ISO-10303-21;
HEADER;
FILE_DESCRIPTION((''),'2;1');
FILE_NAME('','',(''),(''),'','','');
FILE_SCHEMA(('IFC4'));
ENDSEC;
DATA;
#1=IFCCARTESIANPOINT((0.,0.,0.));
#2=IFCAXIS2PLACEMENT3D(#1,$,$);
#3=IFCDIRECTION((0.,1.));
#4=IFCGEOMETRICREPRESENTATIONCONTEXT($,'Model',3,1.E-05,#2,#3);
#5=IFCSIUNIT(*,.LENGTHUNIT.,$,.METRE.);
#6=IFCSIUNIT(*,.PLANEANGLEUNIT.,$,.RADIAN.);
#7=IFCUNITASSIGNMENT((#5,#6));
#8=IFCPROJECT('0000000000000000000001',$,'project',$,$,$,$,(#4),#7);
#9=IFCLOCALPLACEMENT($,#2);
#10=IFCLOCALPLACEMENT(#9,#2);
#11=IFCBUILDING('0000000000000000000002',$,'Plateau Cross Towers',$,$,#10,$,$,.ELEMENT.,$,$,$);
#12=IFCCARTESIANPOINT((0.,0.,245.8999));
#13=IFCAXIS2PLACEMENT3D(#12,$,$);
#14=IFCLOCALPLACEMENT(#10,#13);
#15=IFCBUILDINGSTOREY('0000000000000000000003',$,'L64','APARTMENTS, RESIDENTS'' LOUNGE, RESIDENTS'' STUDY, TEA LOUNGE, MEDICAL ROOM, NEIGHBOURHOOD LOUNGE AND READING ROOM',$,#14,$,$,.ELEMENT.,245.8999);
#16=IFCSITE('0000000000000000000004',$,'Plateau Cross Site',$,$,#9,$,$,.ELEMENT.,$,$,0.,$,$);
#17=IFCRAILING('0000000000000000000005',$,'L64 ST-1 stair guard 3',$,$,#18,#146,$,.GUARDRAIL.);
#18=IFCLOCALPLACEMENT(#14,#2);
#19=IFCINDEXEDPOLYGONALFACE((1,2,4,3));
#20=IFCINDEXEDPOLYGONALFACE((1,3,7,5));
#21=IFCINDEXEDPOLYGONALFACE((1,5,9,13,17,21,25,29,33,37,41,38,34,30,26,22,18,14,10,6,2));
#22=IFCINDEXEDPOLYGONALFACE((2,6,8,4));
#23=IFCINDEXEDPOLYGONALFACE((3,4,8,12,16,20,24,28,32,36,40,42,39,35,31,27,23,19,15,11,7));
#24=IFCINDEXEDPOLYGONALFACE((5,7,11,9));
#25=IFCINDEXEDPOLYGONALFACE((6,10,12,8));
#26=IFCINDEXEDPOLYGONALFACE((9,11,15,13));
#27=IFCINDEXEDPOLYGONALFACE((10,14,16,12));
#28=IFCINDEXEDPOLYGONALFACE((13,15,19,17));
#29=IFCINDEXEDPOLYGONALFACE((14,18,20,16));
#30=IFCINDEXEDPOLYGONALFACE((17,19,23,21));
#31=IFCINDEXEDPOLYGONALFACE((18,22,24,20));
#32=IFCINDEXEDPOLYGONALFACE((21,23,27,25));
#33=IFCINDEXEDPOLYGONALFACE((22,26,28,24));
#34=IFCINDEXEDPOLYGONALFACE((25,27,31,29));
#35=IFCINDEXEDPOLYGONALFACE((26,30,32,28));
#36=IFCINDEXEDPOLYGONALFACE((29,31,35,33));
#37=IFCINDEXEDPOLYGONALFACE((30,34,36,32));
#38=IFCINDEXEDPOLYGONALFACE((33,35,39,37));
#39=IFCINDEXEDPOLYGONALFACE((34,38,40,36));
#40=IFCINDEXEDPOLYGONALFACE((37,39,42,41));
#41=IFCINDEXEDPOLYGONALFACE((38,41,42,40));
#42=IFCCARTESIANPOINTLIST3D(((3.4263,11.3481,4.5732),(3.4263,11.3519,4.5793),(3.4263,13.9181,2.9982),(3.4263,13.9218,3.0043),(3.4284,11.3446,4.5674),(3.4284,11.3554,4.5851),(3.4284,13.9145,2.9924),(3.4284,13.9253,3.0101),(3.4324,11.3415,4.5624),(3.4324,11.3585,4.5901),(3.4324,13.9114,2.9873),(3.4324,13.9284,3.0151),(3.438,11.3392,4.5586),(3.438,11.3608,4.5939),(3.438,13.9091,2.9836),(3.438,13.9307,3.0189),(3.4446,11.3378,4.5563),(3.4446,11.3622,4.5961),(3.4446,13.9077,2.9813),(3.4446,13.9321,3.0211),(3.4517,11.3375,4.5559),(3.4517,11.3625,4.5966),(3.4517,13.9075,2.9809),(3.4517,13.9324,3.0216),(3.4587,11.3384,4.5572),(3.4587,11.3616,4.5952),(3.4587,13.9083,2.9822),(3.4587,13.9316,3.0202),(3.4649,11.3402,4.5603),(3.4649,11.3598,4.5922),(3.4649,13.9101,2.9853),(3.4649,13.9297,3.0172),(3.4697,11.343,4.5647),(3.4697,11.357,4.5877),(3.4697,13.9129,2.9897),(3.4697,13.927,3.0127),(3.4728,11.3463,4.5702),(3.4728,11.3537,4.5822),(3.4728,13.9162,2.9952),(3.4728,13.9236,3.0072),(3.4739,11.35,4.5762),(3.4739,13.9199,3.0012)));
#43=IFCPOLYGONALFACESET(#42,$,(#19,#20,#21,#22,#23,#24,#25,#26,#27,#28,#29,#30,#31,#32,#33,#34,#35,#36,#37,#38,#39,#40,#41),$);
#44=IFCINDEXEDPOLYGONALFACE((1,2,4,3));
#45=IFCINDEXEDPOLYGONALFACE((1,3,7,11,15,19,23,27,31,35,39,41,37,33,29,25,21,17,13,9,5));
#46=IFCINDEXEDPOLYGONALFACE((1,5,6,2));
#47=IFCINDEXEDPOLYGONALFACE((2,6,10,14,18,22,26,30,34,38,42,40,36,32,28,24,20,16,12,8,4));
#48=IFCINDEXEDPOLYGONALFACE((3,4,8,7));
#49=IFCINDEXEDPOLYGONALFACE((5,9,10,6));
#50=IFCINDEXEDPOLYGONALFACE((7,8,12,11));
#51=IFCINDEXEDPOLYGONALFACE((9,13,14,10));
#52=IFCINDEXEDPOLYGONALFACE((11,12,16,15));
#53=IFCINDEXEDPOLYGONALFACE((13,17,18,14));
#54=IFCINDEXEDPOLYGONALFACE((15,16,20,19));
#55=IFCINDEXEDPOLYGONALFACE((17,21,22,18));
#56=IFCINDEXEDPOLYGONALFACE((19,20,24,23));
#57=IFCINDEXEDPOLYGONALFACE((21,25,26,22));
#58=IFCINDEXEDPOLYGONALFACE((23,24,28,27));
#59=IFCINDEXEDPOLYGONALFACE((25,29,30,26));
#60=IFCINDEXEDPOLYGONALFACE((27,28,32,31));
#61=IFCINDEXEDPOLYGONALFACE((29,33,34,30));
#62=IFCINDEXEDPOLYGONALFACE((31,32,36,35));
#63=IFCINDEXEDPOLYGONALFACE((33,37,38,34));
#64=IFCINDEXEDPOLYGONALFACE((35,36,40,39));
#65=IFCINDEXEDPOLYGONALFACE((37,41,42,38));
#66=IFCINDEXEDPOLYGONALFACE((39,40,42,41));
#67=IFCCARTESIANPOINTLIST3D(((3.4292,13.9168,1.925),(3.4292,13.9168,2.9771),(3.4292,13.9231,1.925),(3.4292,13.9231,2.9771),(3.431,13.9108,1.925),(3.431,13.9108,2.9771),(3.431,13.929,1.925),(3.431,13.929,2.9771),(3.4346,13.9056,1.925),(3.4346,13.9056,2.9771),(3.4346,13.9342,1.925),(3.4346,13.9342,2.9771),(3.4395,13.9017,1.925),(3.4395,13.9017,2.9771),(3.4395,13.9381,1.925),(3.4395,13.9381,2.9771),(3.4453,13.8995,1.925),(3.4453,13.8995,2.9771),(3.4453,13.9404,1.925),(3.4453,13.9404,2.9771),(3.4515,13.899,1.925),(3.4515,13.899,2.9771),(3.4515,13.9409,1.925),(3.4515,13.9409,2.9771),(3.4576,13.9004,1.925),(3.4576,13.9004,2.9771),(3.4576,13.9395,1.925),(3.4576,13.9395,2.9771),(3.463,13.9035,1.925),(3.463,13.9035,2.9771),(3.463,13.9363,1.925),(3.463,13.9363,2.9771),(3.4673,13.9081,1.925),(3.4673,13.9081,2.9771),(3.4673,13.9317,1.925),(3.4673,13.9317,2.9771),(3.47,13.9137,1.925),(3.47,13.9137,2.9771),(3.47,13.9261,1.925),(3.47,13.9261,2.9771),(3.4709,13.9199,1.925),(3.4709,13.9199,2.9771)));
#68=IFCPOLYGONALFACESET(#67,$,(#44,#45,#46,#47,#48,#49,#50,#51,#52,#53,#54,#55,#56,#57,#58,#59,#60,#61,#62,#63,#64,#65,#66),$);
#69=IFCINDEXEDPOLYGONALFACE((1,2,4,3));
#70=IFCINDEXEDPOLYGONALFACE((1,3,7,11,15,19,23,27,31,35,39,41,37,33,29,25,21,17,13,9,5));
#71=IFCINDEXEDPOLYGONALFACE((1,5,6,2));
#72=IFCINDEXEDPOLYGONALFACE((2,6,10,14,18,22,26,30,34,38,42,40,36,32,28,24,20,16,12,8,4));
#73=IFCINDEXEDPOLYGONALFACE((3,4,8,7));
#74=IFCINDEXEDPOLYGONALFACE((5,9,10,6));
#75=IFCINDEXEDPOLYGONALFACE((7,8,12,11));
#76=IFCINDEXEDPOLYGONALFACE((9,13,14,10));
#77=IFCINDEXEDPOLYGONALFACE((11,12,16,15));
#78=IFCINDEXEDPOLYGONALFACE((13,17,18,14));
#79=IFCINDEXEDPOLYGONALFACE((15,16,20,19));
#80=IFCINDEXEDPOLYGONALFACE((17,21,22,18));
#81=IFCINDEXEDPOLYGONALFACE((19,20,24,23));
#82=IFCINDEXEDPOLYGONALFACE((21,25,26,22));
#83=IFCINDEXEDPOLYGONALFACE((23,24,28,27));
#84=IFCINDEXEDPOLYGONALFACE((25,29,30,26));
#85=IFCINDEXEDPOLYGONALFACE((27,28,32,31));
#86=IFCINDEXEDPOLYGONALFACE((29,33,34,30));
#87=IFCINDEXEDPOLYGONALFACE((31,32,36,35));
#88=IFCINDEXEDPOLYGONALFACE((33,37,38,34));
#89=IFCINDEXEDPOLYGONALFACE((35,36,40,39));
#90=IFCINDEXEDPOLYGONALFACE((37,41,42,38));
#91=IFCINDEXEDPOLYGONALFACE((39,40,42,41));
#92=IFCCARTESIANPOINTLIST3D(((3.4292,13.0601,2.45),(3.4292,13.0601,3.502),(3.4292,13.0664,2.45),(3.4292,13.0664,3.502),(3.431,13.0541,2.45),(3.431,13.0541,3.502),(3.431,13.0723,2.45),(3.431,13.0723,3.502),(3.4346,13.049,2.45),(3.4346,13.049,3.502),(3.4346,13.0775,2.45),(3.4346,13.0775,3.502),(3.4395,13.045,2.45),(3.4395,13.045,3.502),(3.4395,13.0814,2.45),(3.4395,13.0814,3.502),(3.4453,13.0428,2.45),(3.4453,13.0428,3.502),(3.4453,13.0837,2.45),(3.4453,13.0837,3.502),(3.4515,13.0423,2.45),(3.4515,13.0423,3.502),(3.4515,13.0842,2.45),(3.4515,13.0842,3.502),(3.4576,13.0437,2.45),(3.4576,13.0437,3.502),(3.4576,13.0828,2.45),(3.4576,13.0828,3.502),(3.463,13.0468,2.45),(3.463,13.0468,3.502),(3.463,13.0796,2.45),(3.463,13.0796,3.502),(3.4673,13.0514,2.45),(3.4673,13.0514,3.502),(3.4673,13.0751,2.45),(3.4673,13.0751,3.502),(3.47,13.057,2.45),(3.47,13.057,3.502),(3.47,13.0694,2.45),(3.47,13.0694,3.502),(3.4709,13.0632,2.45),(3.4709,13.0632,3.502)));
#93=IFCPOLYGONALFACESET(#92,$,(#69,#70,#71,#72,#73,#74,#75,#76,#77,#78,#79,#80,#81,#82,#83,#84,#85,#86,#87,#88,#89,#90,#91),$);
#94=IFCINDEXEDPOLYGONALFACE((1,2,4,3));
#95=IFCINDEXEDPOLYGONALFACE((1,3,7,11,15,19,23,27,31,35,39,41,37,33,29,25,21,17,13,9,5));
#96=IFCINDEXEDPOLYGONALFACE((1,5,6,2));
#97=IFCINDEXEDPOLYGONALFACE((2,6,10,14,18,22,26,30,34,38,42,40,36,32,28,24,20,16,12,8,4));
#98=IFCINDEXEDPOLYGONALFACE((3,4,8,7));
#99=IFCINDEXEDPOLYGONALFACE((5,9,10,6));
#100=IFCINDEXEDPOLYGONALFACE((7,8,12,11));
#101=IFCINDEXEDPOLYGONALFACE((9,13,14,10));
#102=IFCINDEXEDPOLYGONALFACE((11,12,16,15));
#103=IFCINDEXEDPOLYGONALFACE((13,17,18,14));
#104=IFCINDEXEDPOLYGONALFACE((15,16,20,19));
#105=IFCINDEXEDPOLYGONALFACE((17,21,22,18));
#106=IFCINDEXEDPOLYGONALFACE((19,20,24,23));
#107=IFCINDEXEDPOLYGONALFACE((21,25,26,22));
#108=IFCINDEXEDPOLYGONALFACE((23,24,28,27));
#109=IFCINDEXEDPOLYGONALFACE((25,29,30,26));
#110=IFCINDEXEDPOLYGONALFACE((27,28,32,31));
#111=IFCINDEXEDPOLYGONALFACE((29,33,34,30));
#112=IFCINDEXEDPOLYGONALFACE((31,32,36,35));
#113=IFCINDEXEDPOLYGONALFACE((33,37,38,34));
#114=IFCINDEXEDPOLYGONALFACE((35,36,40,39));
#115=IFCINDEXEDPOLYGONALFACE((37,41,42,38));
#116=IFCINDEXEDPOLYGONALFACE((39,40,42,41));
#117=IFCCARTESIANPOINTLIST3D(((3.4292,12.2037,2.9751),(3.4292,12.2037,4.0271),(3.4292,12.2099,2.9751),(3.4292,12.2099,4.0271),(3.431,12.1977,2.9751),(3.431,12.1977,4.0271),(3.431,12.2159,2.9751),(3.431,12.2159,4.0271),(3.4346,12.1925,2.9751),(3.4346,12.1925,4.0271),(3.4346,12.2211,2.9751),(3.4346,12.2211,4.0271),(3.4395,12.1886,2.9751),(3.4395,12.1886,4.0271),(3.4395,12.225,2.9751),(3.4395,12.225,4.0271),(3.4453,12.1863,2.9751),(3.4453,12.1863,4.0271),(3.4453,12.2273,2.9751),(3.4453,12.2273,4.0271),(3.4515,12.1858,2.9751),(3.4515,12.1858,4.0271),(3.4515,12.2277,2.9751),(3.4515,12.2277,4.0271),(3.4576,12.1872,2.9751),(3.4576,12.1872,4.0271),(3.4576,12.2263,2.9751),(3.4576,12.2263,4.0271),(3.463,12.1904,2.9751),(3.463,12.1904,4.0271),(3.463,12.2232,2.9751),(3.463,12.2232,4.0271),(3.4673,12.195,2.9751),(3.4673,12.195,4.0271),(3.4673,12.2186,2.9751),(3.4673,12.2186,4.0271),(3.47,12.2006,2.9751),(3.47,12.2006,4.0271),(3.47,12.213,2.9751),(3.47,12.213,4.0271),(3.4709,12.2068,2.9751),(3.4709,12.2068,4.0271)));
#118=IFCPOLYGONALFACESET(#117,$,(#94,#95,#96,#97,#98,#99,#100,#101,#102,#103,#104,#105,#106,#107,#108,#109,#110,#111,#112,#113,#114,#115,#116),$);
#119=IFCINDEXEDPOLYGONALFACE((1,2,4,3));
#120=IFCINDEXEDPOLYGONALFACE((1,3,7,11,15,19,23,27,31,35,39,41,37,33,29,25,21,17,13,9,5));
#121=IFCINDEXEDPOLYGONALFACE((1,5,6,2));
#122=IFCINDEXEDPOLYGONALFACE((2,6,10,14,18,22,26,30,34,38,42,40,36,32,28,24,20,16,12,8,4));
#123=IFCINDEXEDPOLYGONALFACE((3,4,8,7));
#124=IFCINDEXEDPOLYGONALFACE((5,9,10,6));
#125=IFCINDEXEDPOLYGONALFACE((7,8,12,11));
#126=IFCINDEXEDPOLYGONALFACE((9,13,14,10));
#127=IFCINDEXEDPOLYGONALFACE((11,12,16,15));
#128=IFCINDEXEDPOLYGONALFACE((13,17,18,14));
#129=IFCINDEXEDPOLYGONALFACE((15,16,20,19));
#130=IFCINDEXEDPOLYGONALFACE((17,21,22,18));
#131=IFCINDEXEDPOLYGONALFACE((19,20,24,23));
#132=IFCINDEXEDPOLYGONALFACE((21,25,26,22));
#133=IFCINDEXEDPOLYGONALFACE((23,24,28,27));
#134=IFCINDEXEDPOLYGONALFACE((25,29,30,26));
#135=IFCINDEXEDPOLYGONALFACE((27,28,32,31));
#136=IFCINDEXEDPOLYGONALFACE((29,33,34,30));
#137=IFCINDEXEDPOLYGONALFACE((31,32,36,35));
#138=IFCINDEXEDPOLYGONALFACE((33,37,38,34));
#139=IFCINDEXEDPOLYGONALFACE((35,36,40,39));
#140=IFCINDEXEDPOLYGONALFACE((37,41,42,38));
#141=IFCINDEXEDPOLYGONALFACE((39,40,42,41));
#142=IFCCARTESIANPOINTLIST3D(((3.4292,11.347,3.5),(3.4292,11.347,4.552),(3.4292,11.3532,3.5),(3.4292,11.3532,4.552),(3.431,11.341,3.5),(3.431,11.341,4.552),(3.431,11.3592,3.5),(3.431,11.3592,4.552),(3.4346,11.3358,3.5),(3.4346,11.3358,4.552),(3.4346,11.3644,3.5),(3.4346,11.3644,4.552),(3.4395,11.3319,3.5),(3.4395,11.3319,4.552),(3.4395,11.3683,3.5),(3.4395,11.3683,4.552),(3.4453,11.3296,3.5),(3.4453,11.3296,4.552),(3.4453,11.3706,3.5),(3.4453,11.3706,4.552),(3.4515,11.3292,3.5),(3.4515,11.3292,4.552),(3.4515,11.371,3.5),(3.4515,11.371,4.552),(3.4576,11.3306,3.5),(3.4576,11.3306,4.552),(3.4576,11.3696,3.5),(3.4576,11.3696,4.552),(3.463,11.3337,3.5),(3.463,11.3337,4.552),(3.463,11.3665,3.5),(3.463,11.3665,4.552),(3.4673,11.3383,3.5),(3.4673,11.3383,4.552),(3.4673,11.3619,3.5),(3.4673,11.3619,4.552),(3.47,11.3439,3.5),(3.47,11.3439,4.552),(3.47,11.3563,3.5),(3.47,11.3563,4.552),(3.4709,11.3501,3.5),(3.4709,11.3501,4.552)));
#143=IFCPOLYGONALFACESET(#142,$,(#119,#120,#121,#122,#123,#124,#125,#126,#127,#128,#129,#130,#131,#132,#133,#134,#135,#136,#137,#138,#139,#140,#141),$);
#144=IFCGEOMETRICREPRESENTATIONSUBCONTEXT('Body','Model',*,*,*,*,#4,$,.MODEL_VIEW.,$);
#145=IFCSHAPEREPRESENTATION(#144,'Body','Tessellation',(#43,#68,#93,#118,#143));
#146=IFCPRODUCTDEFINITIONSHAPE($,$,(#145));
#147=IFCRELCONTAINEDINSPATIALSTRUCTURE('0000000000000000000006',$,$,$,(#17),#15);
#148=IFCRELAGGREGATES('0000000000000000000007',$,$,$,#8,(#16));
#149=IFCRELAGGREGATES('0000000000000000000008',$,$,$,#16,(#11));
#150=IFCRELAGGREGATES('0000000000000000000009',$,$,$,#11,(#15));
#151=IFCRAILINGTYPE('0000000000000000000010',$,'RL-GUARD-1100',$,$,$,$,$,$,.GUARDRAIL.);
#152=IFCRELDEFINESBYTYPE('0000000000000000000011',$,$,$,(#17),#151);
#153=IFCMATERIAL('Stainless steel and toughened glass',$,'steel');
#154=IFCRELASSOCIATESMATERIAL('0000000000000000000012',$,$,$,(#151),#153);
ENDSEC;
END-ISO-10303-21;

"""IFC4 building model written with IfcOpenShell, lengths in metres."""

from ifc_helpers import new_model, si_unit, direction, frame, origin, origin_2d, place, context, subcontext, project, spatial, circle, extrude, material, type_object, element, save


model = new_model("IFC4")

# Units and contexts
model_context = context("Model", 3, precision=1e-05, world=origin(), true_north=direction((0.0, 1.0)))
body_context = subcontext(model_context, "Body", "Model", "MODEL_VIEW")
ifc_project = project(units=[si_unit("LENGTHUNIT", "METRE"), si_unit("PLANEANGLEUNIT", "RADIAN")], contexts=[model_context])

# Site, building, storey
site_placement = place(None, origin())
site = spatial("IfcSite", under=ifc_project, at=site_placement, Name="Plateau Cross Site", CompositionType="ELEMENT", RefElevation=0.0)
building_placement = place(site_placement, origin())
building = spatial("IfcBuilding", under=site, at=building_placement, Name="Plateau Cross Towers", CompositionType="ELEMENT")
storey_placement = place(building_placement, frame((0.0, 0.0, 245.8999)))
storey = spatial("IfcBuildingStorey", under=building, at=storey_placement, Name="L64", Description="APARTMENTS, RESIDENTS' LOUNGE, RESIDENTS' STUDY, TEA LOUNGE, MEDICAL ROOM, NEIGHBOURHOOD LOUNGE AND READING ROOM", CompositionType="ELEMENT", Elevation=245.8999)

# Railing
ifc_material_1 = material(Name="Stainless steel and toughened glass", Category="steel")
railing_type_1 = type_object("IfcRailingType", Name="RL-GUARD-1100", PredefinedType="GUARDRAIL", material=ifc_material_1)
railing_1_placement = place(storey_placement, frame((3.45, 13.9199, 1.925)))
element("IfcRailing", 1, at=railing_1_placement, inside=storey, type_object=railing_type_1, Name="L64 ST-1 stair guard 3", PredefinedType="GUARDRAIL", context=body_context, shape_type="SweptSolid", body=[
    extrude(circle(Radius=0.0239, at=origin_2d()), frame((0.0, 0.0, 1.0762), z_axis=(0.0, -0.852616, 0.522537), x_axis=(1.0, 0.0, 0.0)), (0.0, 0.0, 1.0), 3.0142),
    extrude(circle(Radius=0.021, at=origin_2d()), origin(), (0.0, 0.0, 1.0), 1.052),
    extrude(circle(Radius=0.021, at=origin_2d()), frame((0.0, -0.8567, 0.5249)), (0.0, 0.0, 1.0), 1.052),
    extrude(circle(Radius=0.021, at=origin_2d()), frame((0.0, -1.7131, 1.05)), (0.0, 0.0, 1.0), 1.052),
    extrude(circle(Radius=0.021, at=origin_2d()), frame((0.0, -2.5698, 1.575)), (0.0, 0.0, 1.0), 1.052),
])

save(model, "model.ifc")
